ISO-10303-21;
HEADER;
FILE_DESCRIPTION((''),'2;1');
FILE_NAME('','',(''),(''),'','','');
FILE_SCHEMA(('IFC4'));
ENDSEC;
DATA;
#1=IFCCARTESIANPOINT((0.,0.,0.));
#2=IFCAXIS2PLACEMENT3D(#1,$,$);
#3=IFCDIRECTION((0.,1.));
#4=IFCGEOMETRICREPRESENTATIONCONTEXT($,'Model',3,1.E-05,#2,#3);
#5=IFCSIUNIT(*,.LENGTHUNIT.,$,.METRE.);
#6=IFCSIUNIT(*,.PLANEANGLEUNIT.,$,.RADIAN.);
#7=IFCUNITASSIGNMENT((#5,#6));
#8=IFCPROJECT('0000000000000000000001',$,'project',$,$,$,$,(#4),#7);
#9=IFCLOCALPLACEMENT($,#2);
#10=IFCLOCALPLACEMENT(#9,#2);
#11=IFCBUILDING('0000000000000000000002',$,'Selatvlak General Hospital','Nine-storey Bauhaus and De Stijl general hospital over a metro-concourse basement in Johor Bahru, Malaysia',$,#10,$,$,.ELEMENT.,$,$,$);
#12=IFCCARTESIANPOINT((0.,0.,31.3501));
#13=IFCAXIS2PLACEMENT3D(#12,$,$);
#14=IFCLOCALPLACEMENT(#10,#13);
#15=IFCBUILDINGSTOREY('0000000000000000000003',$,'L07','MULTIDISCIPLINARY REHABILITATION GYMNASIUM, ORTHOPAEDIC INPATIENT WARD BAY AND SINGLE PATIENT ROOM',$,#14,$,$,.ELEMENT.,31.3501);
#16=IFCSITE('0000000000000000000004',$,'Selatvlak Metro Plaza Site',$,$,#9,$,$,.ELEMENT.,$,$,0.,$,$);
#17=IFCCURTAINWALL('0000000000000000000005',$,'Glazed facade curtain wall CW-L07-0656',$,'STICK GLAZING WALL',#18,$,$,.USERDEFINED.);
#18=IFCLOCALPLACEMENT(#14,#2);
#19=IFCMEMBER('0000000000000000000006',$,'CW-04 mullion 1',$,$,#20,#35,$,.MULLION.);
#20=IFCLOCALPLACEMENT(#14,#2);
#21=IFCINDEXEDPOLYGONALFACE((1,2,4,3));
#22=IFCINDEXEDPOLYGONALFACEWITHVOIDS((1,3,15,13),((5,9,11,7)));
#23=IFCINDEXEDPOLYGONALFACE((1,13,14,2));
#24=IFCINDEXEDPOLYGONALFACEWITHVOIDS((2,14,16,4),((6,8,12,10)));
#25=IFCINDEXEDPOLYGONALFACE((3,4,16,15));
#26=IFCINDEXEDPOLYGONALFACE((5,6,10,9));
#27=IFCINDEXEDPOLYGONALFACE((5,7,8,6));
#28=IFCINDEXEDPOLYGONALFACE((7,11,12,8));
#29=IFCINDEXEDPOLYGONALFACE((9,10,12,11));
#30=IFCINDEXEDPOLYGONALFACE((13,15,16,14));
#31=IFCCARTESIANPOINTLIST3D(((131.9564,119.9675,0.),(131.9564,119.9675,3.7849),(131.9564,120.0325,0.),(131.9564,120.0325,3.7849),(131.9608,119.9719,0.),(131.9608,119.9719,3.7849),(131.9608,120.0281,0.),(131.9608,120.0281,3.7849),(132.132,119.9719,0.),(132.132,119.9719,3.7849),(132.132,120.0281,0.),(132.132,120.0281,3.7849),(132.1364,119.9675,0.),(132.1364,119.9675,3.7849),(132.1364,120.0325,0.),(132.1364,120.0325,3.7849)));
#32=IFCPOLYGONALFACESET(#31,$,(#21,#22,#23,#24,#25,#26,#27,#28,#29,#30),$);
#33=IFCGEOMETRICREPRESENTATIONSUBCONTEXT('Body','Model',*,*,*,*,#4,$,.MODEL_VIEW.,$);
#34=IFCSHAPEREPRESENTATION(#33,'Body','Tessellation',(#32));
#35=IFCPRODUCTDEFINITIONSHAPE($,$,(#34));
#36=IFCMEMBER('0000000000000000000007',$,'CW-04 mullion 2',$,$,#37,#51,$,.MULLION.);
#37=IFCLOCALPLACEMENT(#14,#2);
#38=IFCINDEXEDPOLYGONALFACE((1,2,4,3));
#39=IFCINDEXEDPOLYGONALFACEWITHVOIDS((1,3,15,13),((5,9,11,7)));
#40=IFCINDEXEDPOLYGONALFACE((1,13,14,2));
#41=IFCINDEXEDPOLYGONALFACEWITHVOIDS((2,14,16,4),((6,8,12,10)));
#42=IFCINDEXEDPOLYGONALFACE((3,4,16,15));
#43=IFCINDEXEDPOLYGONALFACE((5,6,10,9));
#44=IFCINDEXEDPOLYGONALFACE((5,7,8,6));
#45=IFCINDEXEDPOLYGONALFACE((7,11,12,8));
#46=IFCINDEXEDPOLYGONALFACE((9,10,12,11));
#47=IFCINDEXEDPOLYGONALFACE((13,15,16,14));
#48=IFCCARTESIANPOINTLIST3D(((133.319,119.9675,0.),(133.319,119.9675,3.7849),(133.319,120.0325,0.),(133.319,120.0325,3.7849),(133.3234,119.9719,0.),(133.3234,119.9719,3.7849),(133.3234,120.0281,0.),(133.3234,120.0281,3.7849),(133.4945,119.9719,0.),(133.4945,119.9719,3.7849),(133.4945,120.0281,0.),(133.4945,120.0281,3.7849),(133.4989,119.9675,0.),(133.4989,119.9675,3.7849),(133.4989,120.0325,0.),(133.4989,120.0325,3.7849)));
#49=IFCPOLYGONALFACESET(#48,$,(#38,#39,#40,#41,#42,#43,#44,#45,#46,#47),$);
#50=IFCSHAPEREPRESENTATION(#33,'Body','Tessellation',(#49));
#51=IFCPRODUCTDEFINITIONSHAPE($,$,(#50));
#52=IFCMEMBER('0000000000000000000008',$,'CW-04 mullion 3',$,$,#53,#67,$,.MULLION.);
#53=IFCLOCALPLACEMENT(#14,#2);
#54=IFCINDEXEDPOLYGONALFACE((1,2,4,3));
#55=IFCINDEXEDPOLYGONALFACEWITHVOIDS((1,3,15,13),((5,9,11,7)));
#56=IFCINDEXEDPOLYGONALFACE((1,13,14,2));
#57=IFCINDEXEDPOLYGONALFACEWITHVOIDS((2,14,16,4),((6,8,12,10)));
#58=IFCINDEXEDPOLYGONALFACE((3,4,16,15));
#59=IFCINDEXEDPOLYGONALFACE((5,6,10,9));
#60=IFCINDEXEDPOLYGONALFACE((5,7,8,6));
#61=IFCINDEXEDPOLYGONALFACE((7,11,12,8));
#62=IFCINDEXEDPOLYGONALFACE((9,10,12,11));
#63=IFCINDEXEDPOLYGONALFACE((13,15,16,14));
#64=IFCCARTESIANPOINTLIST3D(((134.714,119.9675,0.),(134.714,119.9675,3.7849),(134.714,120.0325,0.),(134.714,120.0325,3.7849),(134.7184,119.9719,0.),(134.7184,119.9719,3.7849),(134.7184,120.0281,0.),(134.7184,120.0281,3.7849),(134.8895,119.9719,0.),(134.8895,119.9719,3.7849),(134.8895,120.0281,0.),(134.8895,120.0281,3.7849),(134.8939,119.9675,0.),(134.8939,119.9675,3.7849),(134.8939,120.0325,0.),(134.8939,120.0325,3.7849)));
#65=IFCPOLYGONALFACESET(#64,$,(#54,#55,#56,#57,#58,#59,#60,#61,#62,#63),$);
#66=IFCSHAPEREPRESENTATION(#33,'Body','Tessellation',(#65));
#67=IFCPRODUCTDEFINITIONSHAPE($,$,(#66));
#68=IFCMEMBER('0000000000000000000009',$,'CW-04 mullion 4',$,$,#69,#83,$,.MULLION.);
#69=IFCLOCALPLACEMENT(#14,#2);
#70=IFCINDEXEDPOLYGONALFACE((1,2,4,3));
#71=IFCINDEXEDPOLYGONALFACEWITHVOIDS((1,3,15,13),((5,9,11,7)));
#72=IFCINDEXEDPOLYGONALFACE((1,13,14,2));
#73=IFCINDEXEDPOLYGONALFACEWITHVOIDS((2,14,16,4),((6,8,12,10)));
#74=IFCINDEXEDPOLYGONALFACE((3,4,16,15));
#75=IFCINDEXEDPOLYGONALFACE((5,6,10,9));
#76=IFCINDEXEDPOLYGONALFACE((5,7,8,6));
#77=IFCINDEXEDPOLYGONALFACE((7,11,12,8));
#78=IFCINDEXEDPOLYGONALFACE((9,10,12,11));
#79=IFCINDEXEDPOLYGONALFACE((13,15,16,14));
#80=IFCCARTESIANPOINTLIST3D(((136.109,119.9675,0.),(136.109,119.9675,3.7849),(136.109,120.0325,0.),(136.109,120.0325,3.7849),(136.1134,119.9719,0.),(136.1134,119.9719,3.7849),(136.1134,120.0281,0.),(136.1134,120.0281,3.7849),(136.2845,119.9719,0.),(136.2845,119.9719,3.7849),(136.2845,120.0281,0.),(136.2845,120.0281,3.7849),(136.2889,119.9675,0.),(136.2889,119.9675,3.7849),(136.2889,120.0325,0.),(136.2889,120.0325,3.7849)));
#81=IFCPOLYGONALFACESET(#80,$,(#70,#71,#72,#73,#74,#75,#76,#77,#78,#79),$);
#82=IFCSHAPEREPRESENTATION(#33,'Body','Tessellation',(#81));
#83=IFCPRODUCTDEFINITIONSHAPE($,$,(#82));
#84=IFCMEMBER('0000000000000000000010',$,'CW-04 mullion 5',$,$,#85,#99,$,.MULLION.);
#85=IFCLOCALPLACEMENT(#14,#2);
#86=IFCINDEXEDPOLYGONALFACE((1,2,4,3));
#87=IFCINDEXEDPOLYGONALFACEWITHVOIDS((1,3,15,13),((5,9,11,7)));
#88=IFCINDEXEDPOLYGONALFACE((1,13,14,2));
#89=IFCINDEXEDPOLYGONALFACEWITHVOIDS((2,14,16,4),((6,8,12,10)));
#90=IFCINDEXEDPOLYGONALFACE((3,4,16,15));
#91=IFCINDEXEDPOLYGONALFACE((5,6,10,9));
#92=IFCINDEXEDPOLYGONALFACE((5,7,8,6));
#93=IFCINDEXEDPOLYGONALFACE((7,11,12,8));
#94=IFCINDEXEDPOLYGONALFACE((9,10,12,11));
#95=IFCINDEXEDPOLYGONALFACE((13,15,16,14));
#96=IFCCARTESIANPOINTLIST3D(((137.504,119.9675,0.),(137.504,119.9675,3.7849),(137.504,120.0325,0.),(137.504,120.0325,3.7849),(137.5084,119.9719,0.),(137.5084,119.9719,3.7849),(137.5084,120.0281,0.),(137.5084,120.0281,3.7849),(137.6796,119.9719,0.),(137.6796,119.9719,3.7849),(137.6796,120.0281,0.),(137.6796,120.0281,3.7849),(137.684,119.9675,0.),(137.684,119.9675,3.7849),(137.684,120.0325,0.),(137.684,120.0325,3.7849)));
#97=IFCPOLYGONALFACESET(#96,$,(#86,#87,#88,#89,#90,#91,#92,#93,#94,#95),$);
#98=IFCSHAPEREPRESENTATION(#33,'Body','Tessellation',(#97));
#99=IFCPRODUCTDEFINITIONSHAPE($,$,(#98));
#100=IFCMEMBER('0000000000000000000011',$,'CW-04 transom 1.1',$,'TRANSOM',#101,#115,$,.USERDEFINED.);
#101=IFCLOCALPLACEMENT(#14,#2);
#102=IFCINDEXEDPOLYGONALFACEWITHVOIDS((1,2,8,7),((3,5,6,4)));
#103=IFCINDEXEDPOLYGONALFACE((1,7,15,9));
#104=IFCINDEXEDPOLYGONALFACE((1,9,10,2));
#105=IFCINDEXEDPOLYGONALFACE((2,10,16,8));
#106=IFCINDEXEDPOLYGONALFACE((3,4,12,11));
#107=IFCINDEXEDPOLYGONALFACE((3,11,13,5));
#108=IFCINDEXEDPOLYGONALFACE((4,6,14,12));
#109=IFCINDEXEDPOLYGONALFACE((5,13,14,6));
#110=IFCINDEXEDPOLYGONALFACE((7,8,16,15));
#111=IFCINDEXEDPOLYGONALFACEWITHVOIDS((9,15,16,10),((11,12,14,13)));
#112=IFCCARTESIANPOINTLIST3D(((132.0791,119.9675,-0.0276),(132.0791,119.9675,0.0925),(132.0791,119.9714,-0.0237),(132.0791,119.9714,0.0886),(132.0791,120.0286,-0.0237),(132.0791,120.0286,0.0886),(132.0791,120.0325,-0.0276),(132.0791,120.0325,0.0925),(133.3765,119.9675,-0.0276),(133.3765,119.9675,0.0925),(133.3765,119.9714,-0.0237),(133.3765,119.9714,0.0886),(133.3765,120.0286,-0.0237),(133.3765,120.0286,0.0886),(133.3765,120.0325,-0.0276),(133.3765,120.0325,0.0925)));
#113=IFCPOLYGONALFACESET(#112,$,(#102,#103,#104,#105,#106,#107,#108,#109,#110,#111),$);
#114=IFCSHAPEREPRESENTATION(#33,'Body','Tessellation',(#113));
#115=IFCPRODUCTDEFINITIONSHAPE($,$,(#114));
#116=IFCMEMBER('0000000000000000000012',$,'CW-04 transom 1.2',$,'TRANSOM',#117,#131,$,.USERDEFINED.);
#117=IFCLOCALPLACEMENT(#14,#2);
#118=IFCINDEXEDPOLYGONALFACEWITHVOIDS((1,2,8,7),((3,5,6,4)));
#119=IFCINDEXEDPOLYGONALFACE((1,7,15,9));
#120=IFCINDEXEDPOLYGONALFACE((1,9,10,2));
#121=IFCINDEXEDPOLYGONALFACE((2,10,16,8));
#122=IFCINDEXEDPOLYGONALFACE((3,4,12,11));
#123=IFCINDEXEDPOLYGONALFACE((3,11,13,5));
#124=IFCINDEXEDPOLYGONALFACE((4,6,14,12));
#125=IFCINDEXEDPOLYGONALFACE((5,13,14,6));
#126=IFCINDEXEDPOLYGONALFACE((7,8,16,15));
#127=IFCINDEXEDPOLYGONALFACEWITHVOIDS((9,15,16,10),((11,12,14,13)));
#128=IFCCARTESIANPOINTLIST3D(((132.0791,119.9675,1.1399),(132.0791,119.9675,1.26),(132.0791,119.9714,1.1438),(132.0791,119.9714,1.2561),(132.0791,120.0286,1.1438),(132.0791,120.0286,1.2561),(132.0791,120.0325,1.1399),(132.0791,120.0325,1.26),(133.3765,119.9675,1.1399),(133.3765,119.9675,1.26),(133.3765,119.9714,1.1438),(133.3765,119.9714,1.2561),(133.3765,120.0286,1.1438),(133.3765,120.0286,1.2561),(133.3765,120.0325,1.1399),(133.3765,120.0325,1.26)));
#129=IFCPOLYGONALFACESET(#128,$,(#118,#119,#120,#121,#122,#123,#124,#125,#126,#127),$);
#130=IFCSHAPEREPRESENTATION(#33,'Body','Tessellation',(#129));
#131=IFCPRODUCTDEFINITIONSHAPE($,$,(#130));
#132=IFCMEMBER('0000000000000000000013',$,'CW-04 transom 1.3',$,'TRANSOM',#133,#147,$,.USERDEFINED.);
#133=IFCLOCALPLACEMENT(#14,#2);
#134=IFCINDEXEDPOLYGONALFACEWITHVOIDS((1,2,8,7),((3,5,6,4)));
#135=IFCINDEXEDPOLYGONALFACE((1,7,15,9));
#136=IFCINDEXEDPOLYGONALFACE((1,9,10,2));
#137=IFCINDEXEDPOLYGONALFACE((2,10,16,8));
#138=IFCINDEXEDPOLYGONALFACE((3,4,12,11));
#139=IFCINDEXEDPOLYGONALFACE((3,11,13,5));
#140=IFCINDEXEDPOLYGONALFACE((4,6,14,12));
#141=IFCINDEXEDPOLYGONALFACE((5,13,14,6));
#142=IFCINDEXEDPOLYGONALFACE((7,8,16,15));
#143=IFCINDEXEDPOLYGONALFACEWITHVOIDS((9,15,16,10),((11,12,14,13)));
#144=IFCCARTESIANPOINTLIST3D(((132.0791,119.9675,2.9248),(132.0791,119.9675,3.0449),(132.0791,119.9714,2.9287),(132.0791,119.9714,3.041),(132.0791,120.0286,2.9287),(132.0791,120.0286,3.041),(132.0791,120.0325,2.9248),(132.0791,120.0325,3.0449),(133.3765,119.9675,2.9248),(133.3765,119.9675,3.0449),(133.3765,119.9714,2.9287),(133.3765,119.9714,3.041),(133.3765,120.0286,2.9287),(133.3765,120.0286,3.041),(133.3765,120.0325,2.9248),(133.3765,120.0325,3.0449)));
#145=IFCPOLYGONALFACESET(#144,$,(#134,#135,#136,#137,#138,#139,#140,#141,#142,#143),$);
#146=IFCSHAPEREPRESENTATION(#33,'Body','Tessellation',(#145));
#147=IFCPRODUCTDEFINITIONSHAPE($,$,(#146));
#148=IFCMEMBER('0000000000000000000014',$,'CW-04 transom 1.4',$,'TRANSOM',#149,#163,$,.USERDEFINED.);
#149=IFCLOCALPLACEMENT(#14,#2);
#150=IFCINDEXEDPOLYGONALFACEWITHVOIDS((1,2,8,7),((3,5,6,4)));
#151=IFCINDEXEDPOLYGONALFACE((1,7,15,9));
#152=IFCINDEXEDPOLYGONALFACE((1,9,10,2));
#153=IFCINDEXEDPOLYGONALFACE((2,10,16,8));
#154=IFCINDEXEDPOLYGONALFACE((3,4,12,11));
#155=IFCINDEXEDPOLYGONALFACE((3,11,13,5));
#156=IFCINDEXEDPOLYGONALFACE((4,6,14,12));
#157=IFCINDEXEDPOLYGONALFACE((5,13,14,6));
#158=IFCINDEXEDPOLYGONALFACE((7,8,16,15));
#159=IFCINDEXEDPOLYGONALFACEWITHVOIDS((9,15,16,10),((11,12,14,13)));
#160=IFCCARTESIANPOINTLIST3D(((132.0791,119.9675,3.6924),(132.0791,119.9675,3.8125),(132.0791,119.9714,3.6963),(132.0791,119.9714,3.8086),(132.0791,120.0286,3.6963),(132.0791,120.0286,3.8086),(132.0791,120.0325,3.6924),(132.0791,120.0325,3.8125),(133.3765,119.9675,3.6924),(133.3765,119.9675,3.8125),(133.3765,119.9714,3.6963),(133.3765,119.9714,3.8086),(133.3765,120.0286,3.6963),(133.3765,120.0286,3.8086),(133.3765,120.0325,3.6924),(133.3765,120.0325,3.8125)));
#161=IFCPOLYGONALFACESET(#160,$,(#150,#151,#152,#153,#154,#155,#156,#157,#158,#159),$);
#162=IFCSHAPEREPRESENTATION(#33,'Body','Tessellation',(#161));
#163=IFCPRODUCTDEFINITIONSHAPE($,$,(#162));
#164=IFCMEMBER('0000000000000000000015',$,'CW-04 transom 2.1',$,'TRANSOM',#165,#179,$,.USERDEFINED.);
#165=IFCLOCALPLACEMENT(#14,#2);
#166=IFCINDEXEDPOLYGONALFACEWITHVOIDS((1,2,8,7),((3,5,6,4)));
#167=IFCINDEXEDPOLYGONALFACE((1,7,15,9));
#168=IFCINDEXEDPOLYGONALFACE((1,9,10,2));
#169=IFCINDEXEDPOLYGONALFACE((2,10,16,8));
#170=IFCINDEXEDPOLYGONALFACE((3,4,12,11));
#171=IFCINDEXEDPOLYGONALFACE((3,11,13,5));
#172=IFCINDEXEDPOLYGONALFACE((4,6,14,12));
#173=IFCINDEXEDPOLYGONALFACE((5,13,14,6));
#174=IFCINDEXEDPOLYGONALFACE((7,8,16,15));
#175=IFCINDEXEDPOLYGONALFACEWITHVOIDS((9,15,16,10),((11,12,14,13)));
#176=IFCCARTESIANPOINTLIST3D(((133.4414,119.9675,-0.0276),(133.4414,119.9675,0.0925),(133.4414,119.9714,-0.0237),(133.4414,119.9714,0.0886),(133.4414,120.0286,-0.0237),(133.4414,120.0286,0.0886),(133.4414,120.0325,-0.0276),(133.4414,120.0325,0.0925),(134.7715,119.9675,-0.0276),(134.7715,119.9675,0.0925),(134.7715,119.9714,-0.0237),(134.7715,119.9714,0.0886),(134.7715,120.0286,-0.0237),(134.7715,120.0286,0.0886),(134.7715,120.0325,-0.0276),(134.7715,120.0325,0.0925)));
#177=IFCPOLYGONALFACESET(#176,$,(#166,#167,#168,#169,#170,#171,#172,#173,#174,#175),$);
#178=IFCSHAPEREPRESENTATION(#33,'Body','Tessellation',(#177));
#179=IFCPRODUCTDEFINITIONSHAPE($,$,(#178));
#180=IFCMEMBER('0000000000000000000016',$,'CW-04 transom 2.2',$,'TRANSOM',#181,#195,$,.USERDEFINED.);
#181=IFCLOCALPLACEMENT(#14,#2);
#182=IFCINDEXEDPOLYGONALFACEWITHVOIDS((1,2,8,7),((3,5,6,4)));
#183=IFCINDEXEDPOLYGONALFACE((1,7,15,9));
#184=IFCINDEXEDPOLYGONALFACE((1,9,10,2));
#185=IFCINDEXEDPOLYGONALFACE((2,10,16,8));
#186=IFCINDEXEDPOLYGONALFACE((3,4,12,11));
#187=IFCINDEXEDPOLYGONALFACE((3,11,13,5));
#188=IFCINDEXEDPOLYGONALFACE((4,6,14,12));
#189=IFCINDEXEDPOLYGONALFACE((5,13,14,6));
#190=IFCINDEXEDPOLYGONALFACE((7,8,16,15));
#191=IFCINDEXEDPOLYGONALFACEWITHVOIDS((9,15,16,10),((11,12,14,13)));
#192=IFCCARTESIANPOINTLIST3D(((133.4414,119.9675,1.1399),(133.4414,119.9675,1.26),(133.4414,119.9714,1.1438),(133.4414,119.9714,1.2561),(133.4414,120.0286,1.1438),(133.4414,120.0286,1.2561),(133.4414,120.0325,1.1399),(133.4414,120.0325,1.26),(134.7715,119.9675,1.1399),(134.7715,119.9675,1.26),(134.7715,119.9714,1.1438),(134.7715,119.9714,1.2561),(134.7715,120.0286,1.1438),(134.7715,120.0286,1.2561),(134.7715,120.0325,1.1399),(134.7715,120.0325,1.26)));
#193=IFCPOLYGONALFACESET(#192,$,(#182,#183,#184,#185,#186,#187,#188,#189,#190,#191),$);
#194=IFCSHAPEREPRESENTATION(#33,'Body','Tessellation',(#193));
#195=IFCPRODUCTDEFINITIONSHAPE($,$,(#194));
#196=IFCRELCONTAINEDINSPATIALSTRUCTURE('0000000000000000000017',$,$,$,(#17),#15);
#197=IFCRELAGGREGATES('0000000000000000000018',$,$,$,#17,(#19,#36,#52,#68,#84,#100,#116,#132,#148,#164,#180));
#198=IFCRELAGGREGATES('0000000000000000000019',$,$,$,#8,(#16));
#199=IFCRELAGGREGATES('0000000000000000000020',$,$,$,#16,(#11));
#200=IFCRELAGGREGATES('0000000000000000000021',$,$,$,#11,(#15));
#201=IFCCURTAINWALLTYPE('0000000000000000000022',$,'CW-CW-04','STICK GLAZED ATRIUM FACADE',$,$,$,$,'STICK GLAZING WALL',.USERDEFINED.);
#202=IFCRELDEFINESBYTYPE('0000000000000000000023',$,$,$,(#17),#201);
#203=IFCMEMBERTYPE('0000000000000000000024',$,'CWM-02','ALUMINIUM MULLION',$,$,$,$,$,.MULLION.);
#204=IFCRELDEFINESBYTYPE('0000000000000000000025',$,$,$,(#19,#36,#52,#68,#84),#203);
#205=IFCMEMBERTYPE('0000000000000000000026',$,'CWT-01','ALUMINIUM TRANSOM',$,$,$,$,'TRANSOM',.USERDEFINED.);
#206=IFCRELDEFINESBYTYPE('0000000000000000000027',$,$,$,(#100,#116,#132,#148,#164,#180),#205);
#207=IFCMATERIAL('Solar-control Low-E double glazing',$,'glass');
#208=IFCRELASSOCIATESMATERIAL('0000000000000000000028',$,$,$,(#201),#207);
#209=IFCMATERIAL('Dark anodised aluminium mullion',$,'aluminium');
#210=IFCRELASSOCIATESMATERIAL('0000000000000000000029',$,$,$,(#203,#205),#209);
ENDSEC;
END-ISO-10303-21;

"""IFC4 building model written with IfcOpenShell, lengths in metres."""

from ifc_helpers import new_model, si_unit, direction, frame, origin, origin_2d, place, context, subcontext, project, spatial, hollow_rectangle, extrude, material, material_profile, profile_set, type_object, element, aggregate, save


model = new_model("IFC4")

# Units and contexts
model_context = context("Model", 3, precision=1e-05, world=origin(), true_north=direction((0.0, 1.0)))
body_context = subcontext(model_context, "Body", "Model", "MODEL_VIEW")
ifc_project = project(units=[si_unit("LENGTHUNIT", "METRE"), si_unit("PLANEANGLEUNIT", "RADIAN")], contexts=[model_context])

# Site, building, storey
site_placement = place(None, origin())
site = spatial("IfcSite", under=ifc_project, at=site_placement, Name="Selatvlak Metro Plaza Site", CompositionType="ELEMENT", RefElevation=0.0)
building_placement = place(site_placement, origin())
building = spatial("IfcBuilding", under=site, at=building_placement, Name="Selatvlak General Hospital", Description="Nine-storey Bauhaus and De Stijl general hospital over a metro-concourse basement in Johor Bahru, Malaysia", CompositionType="ELEMENT")
storey_placement = place(building_placement, frame((0.0, 0.0, 31.3501)))
storey = spatial("IfcBuildingStorey", under=building, at=storey_placement, Name="L07", Description="MULTIDISCIPLINARY REHABILITATION GYMNASIUM, ORTHOPAEDIC INPATIENT WARD BAY AND SINGLE PATIENT ROOM", CompositionType="ELEMENT", Elevation=31.3501)

# Curtain wall, members
ifc_material_1 = material(Name="Solar-control Low-E double glazing", Category="glass")
curtain_wall_type = type_object("IfcCurtainWallType", Name="CW-CW-04", Description="STICK GLAZED ATRIUM FACADE", ElementType="STICK GLAZING WALL", PredefinedType="USERDEFINED", material=ifc_material_1)
curtain_wall_placement = place(storey_placement, origin())
curtain_wall = element("IfcCurtainWall", 1, at=curtain_wall_placement, inside=storey, type_object=curtain_wall_type, Name="Glazed facade curtain wall CW-L07-0656", ObjectType="STICK GLAZING WALL", PredefinedType="USERDEFINED")
ifc_material_2 = material(Name="Dark anodised aluminium mullion", Category="aluminium")
ifc_material_profile_1 = material_profile(ifc_material_2, hollow_rectangle(XDim=0.0649, YDim=0.1799, WallThickness=0.0044, at=origin_2d()), Name="AL-MUL 65x180x4.5")
ifc_profile_set_1 = profile_set([ifc_material_profile_1], Name="Dark anodised aluminium mullion")
member_type_1 = type_object("IfcMemberType", Name="CWM-02", Description="ALUMINIUM MULLION", PredefinedType="MULLION", material=ifc_profile_set_1)
member_1_placement = place(storey_placement, frame((132.0464, 120.0, 0.0), z_axis=(0.0, 0.0, 1.0), x_axis=(0.0, 1.0, 0.0)))
member_1 = element("IfcMember", 2, at=member_1_placement, type_object=member_type_1, Name="CW-04 mullion 1", PredefinedType="MULLION", context=body_context, shape_type="SweptSolid", body=[
    extrude(hollow_rectangle(XDim=0.0649, YDim=0.1799, WallThickness=0.0044, at=origin_2d()), origin(), (0.0, 0.0, 1.0), 3.7849),
])
member_2_placement = place(storey_placement, frame((133.4089, 120.0, 0.0), z_axis=(0.0, 0.0, 1.0), x_axis=(0.0, 1.0, 0.0)))
member_2 = element("IfcMember", 3, at=member_2_placement, type_object=member_type_1, Name="CW-04 mullion 2", PredefinedType="MULLION", context=body_context, shape_type="SweptSolid", body=[
    extrude(hollow_rectangle(XDim=0.0649, YDim=0.1799, WallThickness=0.0044, at=origin_2d()), origin(), (0.0, 0.0, 1.0), 3.7849),
])
member_3_placement = place(storey_placement, frame((134.804, 120.0, 0.0), z_axis=(0.0, 0.0, 1.0), x_axis=(0.0, 1.0, 0.0)))
member_3 = element("IfcMember", 4, at=member_3_placement, type_object=member_type_1, Name="CW-04 mullion 3", PredefinedType="MULLION", context=body_context, shape_type="SweptSolid", body=[
    extrude(hollow_rectangle(XDim=0.0649, YDim=0.1799, WallThickness=0.0044, at=origin_2d()), origin(), (0.0, 0.0, 1.0), 3.7849),
])
member_4_placement = place(storey_placement, frame((136.199, 120.0, 0.0), z_axis=(0.0, 0.0, 1.0), x_axis=(0.0, 1.0, 0.0)))
member_4 = element("IfcMember", 5, at=member_4_placement, type_object=member_type_1, Name="CW-04 mullion 4", PredefinedType="MULLION", context=body_context, shape_type="SweptSolid", body=[
    extrude(hollow_rectangle(XDim=0.0649, YDim=0.1799, WallThickness=0.0044, at=origin_2d()), origin(), (0.0, 0.0, 1.0), 3.7849),
])
member_5_placement = place(storey_placement, frame((137.594, 120.0, 0.0), z_axis=(0.0, 0.0, 1.0), x_axis=(0.0, 1.0, 0.0)))
member_5 = element("IfcMember", 6, at=member_5_placement, type_object=member_type_1, Name="CW-04 mullion 5", PredefinedType="MULLION", context=body_context, shape_type="SweptSolid", body=[
    extrude(hollow_rectangle(XDim=0.0649, YDim=0.1799, WallThickness=0.0044, at=origin_2d()), origin(), (0.0, 0.0, 1.0), 3.7849),
])
ifc_material_profile_2 = material_profile(ifc_material_2, hollow_rectangle(XDim=0.0649, YDim=0.1201, WallThickness=0.0039, at=origin_2d()), Name="AL-TRN 65x120x4")
ifc_profile_set_2 = profile_set([ifc_material_profile_2], Name="Dark anodised aluminium mullion")
member_type_2 = type_object("IfcMemberType", Name="CWT-01", Description="ALUMINIUM TRANSOM", ElementType="TRANSOM", PredefinedType="USERDEFINED", material=ifc_profile_set_2)
member_6_placement = place(storey_placement, frame((132.0791, 120.0, 0.0325), z_axis=(1.0, 0.0, 0.0), x_axis=(0.0, 1.0, 0.0)))
member_6 = element("IfcMember", 7, at=member_6_placement, type_object=member_type_2, Name="CW-04 transom 1.1", ObjectType="TRANSOM", PredefinedType="USERDEFINED", context=body_context, shape_type="SweptSolid", body=[
    extrude(hollow_rectangle(XDim=0.0649, YDim=0.1201, WallThickness=0.0039, at=origin_2d()), origin(), (0.0, 0.0, 1.0), 1.2974),
])
member_7_placement = place(storey_placement, frame((132.0791, 120.0, 1.2), z_axis=(1.0, 0.0, 0.0), x_axis=(0.0, 1.0, 0.0)))
member_7 = element("IfcMember", 8, at=member_7_placement, type_object=member_type_2, Name="CW-04 transom 1.2", ObjectType="TRANSOM", PredefinedType="USERDEFINED", context=body_context, shape_type="SweptSolid", body=[
    extrude(hollow_rectangle(XDim=0.0649, YDim=0.1201, WallThickness=0.0039, at=origin_2d()), origin(), (0.0, 0.0, 1.0), 1.2974),
])
member_8_placement = place(storey_placement, frame((132.0791, 120.0, 2.9849), z_axis=(1.0, 0.0, 0.0), x_axis=(0.0, 1.0, 0.0)))
member_8 = element("IfcMember", 9, at=member_8_placement, type_object=member_type_2, Name="CW-04 transom 1.3", ObjectType="TRANSOM", PredefinedType="USERDEFINED", context=body_context, shape_type="SweptSolid", body=[
    extrude(hollow_rectangle(XDim=0.0649, YDim=0.1201, WallThickness=0.0039, at=origin_2d()), origin(), (0.0, 0.0, 1.0), 1.2974),
])
member_9_placement = place(storey_placement, frame((132.0791, 120.0, 3.7524), z_axis=(1.0, 0.0, 0.0), x_axis=(0.0, 1.0, 0.0)))
member_9 = element("IfcMember", 10, at=member_9_placement, type_object=member_type_2, Name="CW-04 transom 1.4", ObjectType="TRANSOM", PredefinedType="USERDEFINED", context=body_context, shape_type="SweptSolid", body=[
    extrude(hollow_rectangle(XDim=0.0649, YDim=0.1201, WallThickness=0.0039, at=origin_2d()), origin(), (0.0, 0.0, 1.0), 1.2974),
])
member_10_placement = place(storey_placement, frame((133.4414, 120.0, 0.0325), z_axis=(1.0, 0.0, 0.0), x_axis=(0.0, 1.0, 0.0)))
member_10 = element("IfcMember", 11, at=member_10_placement, type_object=member_type_2, Name="CW-04 transom 2.1", ObjectType="TRANSOM", PredefinedType="USERDEFINED", context=body_context, shape_type="SweptSolid", body=[
    extrude(hollow_rectangle(XDim=0.0649, YDim=0.1201, WallThickness=0.0039, at=origin_2d()), origin(), (0.0, 0.0, 1.0), 1.3301),
])
member_11_placement = place(storey_placement, frame((133.4414, 120.0, 1.2), z_axis=(1.0, 0.0, 0.0), x_axis=(0.0, 1.0, 0.0)))
member_11 = element("IfcMember", 12, at=member_11_placement, type_object=member_type_2, Name="CW-04 transom 2.2", ObjectType="TRANSOM", PredefinedType="USERDEFINED", context=body_context, shape_type="SweptSolid", body=[
    extrude(hollow_rectangle(XDim=0.0649, YDim=0.1201, WallThickness=0.0039, at=origin_2d()), origin(), (0.0, 0.0, 1.0), 1.3301),
])
aggregate(curtain_wall, [member_1, member_2, member_3, member_4, member_5, member_6, member_7, member_8, member_9, member_10, member_11])

save(model, "model.ifc")
